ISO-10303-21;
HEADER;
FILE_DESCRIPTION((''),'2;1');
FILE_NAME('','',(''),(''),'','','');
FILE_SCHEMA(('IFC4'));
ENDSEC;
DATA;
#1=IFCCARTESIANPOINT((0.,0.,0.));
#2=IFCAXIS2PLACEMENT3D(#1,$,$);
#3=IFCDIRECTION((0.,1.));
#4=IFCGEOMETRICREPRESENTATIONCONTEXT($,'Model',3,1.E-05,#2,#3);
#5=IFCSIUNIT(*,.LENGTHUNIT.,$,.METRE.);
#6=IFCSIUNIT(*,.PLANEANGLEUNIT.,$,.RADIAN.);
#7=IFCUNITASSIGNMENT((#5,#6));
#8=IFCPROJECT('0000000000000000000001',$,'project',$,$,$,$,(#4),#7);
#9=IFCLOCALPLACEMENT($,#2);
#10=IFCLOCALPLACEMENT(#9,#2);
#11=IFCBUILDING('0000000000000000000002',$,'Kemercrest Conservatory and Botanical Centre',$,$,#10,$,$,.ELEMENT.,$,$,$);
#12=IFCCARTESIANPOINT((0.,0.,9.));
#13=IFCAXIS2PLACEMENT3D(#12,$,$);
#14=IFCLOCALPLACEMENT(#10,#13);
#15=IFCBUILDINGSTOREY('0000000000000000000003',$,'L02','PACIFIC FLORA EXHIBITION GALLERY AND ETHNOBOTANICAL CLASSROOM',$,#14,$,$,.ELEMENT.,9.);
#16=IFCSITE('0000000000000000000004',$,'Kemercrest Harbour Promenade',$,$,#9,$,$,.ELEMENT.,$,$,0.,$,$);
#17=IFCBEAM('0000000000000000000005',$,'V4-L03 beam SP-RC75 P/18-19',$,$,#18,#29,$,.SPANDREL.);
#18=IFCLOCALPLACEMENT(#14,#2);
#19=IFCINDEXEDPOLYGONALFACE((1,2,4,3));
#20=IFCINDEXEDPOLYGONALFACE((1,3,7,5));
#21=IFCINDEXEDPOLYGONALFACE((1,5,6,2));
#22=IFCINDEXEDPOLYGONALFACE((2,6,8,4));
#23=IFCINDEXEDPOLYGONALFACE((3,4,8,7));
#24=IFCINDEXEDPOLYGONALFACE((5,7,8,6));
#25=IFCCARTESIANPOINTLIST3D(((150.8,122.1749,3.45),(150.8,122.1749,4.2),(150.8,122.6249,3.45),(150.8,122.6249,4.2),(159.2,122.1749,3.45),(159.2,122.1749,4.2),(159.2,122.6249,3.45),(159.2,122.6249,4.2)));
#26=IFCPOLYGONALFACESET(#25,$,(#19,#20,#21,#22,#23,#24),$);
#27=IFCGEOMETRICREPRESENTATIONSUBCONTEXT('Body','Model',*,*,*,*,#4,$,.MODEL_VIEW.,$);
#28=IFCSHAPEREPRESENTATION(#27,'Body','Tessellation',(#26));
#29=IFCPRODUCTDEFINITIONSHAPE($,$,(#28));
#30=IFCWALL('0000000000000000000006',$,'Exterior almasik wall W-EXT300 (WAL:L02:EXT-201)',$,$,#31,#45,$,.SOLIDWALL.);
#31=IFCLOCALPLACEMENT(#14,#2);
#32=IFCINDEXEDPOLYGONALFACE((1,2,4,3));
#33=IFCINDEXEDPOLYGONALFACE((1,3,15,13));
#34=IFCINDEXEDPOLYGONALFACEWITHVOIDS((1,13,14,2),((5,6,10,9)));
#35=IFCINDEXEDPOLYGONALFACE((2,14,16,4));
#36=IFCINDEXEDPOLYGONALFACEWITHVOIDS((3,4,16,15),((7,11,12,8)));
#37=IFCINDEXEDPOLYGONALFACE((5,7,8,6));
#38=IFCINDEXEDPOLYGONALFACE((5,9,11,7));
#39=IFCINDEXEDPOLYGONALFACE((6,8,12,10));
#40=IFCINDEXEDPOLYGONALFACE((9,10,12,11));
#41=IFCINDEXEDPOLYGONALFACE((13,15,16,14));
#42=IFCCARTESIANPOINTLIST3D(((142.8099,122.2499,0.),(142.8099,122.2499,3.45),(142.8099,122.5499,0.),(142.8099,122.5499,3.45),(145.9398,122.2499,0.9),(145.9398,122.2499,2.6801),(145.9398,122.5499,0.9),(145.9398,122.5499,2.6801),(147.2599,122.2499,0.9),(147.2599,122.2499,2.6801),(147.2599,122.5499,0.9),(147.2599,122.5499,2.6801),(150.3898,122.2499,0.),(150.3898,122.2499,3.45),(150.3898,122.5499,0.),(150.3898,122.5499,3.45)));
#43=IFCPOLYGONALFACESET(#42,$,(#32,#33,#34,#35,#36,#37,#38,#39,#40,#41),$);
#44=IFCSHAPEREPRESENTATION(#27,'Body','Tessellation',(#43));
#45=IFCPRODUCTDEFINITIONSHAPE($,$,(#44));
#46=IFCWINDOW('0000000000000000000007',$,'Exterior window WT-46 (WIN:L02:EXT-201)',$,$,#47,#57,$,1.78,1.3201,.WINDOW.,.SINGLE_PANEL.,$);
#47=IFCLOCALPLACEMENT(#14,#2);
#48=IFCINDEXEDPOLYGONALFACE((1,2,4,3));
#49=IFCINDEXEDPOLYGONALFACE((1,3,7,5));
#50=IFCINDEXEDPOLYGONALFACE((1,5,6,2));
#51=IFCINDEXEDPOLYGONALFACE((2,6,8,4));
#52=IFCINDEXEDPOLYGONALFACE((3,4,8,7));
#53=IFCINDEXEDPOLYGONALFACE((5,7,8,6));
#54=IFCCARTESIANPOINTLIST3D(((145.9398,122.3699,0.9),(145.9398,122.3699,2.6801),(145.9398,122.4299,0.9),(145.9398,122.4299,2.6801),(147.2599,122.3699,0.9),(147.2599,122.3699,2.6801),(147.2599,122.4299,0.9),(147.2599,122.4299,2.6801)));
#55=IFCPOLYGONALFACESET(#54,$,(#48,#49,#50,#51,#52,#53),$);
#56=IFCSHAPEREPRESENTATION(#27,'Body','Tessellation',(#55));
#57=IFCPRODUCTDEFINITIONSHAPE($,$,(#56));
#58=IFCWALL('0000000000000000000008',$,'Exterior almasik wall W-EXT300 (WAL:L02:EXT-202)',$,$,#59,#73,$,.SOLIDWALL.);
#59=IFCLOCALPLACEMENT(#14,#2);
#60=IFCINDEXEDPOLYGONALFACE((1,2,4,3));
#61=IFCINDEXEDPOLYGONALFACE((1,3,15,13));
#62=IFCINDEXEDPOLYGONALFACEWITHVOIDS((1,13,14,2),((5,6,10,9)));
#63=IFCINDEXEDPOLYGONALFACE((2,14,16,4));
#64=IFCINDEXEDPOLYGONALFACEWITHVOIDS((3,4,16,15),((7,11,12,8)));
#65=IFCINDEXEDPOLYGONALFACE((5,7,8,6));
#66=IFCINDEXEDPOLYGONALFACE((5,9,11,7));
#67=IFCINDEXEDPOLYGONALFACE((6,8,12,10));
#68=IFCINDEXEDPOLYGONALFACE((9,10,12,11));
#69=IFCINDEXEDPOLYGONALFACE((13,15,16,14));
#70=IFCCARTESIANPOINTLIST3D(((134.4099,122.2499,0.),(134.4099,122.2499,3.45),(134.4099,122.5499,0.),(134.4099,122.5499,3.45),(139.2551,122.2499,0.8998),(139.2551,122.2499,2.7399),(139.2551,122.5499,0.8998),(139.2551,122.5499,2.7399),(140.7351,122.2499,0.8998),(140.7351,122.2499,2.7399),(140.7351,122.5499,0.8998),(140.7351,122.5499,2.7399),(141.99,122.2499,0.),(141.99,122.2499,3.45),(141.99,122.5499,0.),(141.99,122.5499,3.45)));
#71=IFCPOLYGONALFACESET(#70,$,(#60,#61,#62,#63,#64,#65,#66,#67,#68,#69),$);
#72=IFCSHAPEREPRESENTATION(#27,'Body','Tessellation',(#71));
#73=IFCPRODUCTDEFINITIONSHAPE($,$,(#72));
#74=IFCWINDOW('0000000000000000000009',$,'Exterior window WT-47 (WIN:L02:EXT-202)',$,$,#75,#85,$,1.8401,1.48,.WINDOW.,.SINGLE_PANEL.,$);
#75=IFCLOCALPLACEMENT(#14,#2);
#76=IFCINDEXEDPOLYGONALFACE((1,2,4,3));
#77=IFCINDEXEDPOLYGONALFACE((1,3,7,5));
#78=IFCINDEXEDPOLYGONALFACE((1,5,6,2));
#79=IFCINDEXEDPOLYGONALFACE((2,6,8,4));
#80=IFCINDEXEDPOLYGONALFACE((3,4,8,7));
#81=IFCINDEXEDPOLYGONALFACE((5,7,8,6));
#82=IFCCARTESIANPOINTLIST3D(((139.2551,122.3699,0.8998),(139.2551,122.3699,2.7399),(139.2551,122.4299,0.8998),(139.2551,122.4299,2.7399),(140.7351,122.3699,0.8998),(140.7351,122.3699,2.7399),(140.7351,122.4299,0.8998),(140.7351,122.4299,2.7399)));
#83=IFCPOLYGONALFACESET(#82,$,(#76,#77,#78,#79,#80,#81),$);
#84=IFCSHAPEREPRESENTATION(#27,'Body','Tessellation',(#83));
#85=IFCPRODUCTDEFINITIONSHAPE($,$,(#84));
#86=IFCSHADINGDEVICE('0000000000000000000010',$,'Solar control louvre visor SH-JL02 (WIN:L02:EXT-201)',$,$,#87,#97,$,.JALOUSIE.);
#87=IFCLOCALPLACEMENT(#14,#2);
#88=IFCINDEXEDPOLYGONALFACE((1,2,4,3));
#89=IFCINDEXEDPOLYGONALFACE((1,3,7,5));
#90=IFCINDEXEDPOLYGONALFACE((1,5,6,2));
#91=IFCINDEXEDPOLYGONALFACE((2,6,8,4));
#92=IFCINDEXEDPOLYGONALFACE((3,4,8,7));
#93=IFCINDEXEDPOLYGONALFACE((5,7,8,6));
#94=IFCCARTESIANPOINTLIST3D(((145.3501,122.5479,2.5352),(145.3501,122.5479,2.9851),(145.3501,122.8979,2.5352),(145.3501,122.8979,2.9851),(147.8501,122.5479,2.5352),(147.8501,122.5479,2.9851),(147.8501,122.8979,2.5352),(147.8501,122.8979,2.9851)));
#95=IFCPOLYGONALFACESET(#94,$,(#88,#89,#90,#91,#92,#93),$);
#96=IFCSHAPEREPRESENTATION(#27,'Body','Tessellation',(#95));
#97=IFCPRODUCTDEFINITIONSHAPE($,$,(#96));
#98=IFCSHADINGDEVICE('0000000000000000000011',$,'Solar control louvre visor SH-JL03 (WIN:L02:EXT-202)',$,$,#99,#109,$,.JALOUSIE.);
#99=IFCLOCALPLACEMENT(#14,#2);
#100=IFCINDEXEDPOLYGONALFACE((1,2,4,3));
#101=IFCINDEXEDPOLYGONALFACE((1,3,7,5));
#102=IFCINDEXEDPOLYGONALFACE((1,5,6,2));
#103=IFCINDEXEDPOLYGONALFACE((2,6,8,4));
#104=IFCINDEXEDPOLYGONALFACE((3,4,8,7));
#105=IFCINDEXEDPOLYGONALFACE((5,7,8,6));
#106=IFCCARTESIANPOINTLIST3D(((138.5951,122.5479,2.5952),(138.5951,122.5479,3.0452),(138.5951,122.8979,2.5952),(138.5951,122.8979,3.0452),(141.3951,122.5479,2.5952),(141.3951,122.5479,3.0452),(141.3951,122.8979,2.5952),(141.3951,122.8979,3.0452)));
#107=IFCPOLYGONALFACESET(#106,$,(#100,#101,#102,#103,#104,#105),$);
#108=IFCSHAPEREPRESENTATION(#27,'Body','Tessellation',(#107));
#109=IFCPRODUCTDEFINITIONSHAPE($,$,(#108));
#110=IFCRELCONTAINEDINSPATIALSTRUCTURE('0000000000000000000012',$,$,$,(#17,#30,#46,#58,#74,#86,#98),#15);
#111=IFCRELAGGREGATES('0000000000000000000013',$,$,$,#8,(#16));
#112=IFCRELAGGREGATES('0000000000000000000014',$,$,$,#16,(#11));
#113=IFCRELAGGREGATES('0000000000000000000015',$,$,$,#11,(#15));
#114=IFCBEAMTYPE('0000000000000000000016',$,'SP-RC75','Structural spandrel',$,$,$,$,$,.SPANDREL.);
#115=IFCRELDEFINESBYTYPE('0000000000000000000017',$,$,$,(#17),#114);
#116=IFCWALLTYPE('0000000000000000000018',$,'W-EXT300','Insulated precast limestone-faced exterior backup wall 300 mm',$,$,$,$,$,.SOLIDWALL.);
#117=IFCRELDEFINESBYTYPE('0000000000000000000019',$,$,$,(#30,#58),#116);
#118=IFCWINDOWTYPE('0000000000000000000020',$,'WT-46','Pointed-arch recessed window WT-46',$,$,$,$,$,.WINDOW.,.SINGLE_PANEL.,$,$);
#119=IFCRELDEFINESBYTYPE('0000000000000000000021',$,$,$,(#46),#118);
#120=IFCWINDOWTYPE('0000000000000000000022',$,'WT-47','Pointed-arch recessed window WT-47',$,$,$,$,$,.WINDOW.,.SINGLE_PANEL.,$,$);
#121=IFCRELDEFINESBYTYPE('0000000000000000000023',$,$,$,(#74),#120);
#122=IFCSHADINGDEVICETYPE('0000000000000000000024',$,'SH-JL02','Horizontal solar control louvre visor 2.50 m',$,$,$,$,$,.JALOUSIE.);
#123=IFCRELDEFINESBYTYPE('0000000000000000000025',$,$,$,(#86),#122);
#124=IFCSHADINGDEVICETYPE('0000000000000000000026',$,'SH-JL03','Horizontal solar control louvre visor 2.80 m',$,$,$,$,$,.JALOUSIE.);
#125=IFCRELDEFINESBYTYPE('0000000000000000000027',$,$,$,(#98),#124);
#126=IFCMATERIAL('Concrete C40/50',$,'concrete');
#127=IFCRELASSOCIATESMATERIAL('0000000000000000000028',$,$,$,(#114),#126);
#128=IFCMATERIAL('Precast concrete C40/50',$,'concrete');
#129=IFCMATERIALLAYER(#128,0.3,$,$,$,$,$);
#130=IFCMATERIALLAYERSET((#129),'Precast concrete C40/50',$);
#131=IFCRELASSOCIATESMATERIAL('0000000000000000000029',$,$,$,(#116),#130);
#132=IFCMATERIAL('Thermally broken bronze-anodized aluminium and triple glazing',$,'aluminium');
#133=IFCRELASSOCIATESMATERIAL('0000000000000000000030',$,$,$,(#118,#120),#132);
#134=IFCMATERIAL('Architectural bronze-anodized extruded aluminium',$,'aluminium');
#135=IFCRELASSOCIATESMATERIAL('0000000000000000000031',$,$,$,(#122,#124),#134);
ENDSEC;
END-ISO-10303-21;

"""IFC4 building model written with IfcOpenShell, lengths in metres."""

from ifc_helpers import new_model, si_unit, direction, frame, frame_2d, origin, origin_2d, place, context, subcontext, project, spatial, rectangle, extrude, material, layer, layer_set, material_profile, profile_set, type_object, element, fill, save


model = new_model("IFC4")

# Units and contexts
model_context = context("Model", 3, precision=1e-05, world=origin(), true_north=direction((0.0, 1.0)))
body_context = subcontext(model_context, "Body", "Model", "MODEL_VIEW")
ifc_project = project(units=[si_unit("LENGTHUNIT", "METRE"), si_unit("PLANEANGLEUNIT", "RADIAN")], contexts=[model_context])

# Site, building, storey
site_placement = place(None, origin())
site = spatial("IfcSite", under=ifc_project, at=site_placement, Name="Kemercrest Harbour Promenade", CompositionType="ELEMENT", RefElevation=0.0)
building_placement = place(site_placement, origin())
building = spatial("IfcBuilding", under=site, at=building_placement, Name="Kemercrest Conservatory and Botanical Centre", CompositionType="ELEMENT")
storey_placement = place(building_placement, frame((0.0, 0.0, 9.0)))
storey = spatial("IfcBuildingStorey", under=building, at=storey_placement, Name="L02", Description="PACIFIC FLORA EXHIBITION GALLERY AND ETHNOBOTANICAL CLASSROOM", CompositionType="ELEMENT", Elevation=9.0)

# Beam
ifc_material_1 = material(Name="Concrete C40/50", Category="concrete")
ifc_material_2 = material(Name="Precast concrete C40/50", Category="concrete")
ifc_material_profile_1 = material_profile(ifc_material_1, rectangle(XDim=0.45, YDim=0.75, at=origin_2d()), Name="RC 450x750")
ifc_profile_set_1 = profile_set([ifc_material_profile_1], Name="Concrete C40/50")
beam_type_1 = type_object("IfcBeamType", Name="SP-RC75", Description="Structural spandrel", PredefinedType="SPANDREL", material=ifc_profile_set_1)
beam_1_placement = place(storey_placement, frame((150.8, 122.3999, 3.825), z_axis=(1.0, 0.0, 0.0), x_axis=(0.0, 1.0, 0.0)))
element("IfcBeam", 1, at=beam_1_placement, inside=storey, type_object=beam_type_1, Name="V4-L03 beam SP-RC75 P/18-19", PredefinedType="SPANDREL", context=body_context, shape_type="SweptSolid", body=[
    extrude(rectangle(XDim=0.45, YDim=0.75, at=origin_2d()), origin(), (0.0, 0.0, 1.0), 8.3999),
])

# Walls, openings, windows
ifc_layer = layer(ifc_material_2, 0.3)
ifc_layer_set = layer_set([ifc_layer], Name="Precast concrete C40/50")
wall_type = type_object("IfcWallType", Name="W-EXT300", Description="Insulated precast limestone-faced exterior backup wall 300 mm", PredefinedType="SOLIDWALL", material=ifc_layer_set)
wall_1_placement = place(storey_placement, frame((150.3899, 122.3999, 0.0), z_axis=(0.0, 0.0, 1.0), x_axis=(-1.0, 0.0, 0.0)))
wall_1 = element("IfcWall", 2, at=wall_1_placement, inside=storey, type_object=wall_type, Name="Exterior almasik wall W-EXT300 (WAL:L02:EXT-201)", PredefinedType="SOLIDWALL", context=body_context, shape_type="SweptSolid", body=[
    extrude(rectangle(XDim=7.5798, YDim=0.3, at=frame_2d((3.79, 0.0))), origin(), (0.0, 0.0, 1.0), 3.45),
])
opening_1_placement = place(wall_1_placement, frame((3.1299, 0.0, 0.8999)))
opening_1 = element("IfcOpeningElement", 3, at=opening_1_placement, cuts=wall_1, PredefinedType="OPENING", context=body_context, shape_type="SweptSolid", body=[
    extrude(rectangle(XDim=1.3201, YDim=1.78, at=frame_2d((0.6602, 0.8901))), frame((0.0, 0.1602, 0.0), z_axis=(0.0, -1.0, 0.0), x_axis=(1.0, 0.0, 0.0)), (0.0, 0.0, 1.0), 0.3201),
])
ifc_material_3 = material(Name="Thermally broken bronze-anodized aluminium and triple glazing", Category="aluminium")
window_type_1 = type_object("IfcWindowType", Name="WT-46", Description="Pointed-arch recessed window WT-46", PartitioningType="SINGLE_PANEL", PredefinedType="WINDOW", material=ifc_material_3)
window_1_placement = place(opening_1_placement, origin())
window_1 = element("IfcWindow", 4, at=window_1_placement, inside=storey, type_object=window_type_1, Name="Exterior window WT-46 (WIN:L02:EXT-201)", OverallHeight=1.78, OverallWidth=1.3201, PartitioningType="SINGLE_PANEL", PredefinedType="WINDOW", context=body_context, shape_type="SweptSolid", body=[
    extrude(rectangle(XDim=1.3201, YDim=1.78, at=frame_2d((0.6602, 0.8901))), frame((0.0, 0.03, 0.0), z_axis=(0.0, -1.0, 0.0), x_axis=(1.0, 0.0, 0.0)), (0.0, 0.0, 1.0), 0.0601),
])
fill(opening_1, window_1)
wall_2_placement = place(storey_placement, frame((141.99, 122.3999, 0.0), z_axis=(0.0, 0.0, 1.0), x_axis=(-1.0, 0.0, 0.0)))
wall_2 = element("IfcWall", 5, at=wall_2_placement, inside=storey, type_object=wall_type, Name="Exterior almasik wall W-EXT300 (WAL:L02:EXT-202)", PredefinedType="SOLIDWALL", context=body_context, shape_type="SweptSolid", body=[
    extrude(rectangle(XDim=7.5801, YDim=0.3, at=frame_2d((3.79, 0.0))), origin(), (0.0, 0.0, 1.0), 3.45),
])
opening_2_placement = place(wall_2_placement, frame((1.2549, 0.0, 0.8999)))
opening_2 = element("IfcOpeningElement", 6, at=opening_2_placement, cuts=wall_2, PredefinedType="OPENING", context=body_context, shape_type="SweptSolid", body=[
    extrude(rectangle(XDim=1.48, YDim=1.8401, at=frame_2d((0.74, 0.9199))), frame((0.0, 0.1602, 0.0), z_axis=(0.0, -1.0, 0.0), x_axis=(1.0, 0.0, 0.0)), (0.0, 0.0, 1.0), 0.3201),
])
window_type_2 = type_object("IfcWindowType", Name="WT-47", Description="Pointed-arch recessed window WT-47", PartitioningType="SINGLE_PANEL", PredefinedType="WINDOW", material=ifc_material_3)
window_2_placement = place(opening_2_placement, origin())
window_2 = element("IfcWindow", 7, at=window_2_placement, inside=storey, type_object=window_type_2, Name="Exterior window WT-47 (WIN:L02:EXT-202)", OverallHeight=1.8401, OverallWidth=1.48, PartitioningType="SINGLE_PANEL", PredefinedType="WINDOW", context=body_context, shape_type="SweptSolid", body=[
    extrude(rectangle(XDim=1.48, YDim=1.8401, at=frame_2d((0.74, 0.9199))), frame((0.0, 0.03, 0.0), z_axis=(0.0, -1.0, 0.0), x_axis=(1.0, 0.0, 0.0)), (0.0, 0.0, 1.0), 0.0601),
])
fill(opening_2, window_2)

# Shading devices
ifc_material_4 = material(Name="Architectural bronze-anodized extruded aluminium", Category="aluminium")
shading_device_type_1 = type_object("IfcShadingDeviceType", Name="SH-JL02", Description="Horizontal solar control louvre visor 2.50 m", PredefinedType="JALOUSIE", material=ifc_material_4)
shading_device_1_placement = place(storey_placement, frame((146.6001, 122.7229, 2.5352), z_axis=(0.0, 0.0, 1.0), x_axis=(-1.0, 0.0, 0.0)))
element("IfcShadingDevice", 8, at=shading_device_1_placement, inside=storey, type_object=shading_device_type_1, Name="Solar control louvre visor SH-JL02 (WIN:L02:EXT-201)", PredefinedType="JALOUSIE", context=body_context, shape_type="SweptSolid", body=[
    extrude(rectangle(XDim=2.5, YDim=0.3501, at=origin_2d()), origin(), (0.0, 0.0, 1.0), 0.45),
])
shading_device_type_2 = type_object("IfcShadingDeviceType", Name="SH-JL03", Description="Horizontal solar control louvre visor 2.80 m", PredefinedType="JALOUSIE", material=ifc_material_4)
shading_device_2_placement = place(storey_placement, frame((139.9951, 122.7229, 2.5952), z_axis=(0.0, 0.0, 1.0), x_axis=(-1.0, 0.0, 0.0)))
element("IfcShadingDevice", 9, at=shading_device_2_placement, inside=storey, type_object=shading_device_type_2, Name="Solar control louvre visor SH-JL03 (WIN:L02:EXT-202)", PredefinedType="JALOUSIE", context=body_context, shape_type="SweptSolid", body=[
    extrude(rectangle(XDim=2.8, YDim=0.3501, at=origin_2d()), origin(), (0.0, 0.0, 1.0), 0.45),
])

save(model, "model.ifc")
